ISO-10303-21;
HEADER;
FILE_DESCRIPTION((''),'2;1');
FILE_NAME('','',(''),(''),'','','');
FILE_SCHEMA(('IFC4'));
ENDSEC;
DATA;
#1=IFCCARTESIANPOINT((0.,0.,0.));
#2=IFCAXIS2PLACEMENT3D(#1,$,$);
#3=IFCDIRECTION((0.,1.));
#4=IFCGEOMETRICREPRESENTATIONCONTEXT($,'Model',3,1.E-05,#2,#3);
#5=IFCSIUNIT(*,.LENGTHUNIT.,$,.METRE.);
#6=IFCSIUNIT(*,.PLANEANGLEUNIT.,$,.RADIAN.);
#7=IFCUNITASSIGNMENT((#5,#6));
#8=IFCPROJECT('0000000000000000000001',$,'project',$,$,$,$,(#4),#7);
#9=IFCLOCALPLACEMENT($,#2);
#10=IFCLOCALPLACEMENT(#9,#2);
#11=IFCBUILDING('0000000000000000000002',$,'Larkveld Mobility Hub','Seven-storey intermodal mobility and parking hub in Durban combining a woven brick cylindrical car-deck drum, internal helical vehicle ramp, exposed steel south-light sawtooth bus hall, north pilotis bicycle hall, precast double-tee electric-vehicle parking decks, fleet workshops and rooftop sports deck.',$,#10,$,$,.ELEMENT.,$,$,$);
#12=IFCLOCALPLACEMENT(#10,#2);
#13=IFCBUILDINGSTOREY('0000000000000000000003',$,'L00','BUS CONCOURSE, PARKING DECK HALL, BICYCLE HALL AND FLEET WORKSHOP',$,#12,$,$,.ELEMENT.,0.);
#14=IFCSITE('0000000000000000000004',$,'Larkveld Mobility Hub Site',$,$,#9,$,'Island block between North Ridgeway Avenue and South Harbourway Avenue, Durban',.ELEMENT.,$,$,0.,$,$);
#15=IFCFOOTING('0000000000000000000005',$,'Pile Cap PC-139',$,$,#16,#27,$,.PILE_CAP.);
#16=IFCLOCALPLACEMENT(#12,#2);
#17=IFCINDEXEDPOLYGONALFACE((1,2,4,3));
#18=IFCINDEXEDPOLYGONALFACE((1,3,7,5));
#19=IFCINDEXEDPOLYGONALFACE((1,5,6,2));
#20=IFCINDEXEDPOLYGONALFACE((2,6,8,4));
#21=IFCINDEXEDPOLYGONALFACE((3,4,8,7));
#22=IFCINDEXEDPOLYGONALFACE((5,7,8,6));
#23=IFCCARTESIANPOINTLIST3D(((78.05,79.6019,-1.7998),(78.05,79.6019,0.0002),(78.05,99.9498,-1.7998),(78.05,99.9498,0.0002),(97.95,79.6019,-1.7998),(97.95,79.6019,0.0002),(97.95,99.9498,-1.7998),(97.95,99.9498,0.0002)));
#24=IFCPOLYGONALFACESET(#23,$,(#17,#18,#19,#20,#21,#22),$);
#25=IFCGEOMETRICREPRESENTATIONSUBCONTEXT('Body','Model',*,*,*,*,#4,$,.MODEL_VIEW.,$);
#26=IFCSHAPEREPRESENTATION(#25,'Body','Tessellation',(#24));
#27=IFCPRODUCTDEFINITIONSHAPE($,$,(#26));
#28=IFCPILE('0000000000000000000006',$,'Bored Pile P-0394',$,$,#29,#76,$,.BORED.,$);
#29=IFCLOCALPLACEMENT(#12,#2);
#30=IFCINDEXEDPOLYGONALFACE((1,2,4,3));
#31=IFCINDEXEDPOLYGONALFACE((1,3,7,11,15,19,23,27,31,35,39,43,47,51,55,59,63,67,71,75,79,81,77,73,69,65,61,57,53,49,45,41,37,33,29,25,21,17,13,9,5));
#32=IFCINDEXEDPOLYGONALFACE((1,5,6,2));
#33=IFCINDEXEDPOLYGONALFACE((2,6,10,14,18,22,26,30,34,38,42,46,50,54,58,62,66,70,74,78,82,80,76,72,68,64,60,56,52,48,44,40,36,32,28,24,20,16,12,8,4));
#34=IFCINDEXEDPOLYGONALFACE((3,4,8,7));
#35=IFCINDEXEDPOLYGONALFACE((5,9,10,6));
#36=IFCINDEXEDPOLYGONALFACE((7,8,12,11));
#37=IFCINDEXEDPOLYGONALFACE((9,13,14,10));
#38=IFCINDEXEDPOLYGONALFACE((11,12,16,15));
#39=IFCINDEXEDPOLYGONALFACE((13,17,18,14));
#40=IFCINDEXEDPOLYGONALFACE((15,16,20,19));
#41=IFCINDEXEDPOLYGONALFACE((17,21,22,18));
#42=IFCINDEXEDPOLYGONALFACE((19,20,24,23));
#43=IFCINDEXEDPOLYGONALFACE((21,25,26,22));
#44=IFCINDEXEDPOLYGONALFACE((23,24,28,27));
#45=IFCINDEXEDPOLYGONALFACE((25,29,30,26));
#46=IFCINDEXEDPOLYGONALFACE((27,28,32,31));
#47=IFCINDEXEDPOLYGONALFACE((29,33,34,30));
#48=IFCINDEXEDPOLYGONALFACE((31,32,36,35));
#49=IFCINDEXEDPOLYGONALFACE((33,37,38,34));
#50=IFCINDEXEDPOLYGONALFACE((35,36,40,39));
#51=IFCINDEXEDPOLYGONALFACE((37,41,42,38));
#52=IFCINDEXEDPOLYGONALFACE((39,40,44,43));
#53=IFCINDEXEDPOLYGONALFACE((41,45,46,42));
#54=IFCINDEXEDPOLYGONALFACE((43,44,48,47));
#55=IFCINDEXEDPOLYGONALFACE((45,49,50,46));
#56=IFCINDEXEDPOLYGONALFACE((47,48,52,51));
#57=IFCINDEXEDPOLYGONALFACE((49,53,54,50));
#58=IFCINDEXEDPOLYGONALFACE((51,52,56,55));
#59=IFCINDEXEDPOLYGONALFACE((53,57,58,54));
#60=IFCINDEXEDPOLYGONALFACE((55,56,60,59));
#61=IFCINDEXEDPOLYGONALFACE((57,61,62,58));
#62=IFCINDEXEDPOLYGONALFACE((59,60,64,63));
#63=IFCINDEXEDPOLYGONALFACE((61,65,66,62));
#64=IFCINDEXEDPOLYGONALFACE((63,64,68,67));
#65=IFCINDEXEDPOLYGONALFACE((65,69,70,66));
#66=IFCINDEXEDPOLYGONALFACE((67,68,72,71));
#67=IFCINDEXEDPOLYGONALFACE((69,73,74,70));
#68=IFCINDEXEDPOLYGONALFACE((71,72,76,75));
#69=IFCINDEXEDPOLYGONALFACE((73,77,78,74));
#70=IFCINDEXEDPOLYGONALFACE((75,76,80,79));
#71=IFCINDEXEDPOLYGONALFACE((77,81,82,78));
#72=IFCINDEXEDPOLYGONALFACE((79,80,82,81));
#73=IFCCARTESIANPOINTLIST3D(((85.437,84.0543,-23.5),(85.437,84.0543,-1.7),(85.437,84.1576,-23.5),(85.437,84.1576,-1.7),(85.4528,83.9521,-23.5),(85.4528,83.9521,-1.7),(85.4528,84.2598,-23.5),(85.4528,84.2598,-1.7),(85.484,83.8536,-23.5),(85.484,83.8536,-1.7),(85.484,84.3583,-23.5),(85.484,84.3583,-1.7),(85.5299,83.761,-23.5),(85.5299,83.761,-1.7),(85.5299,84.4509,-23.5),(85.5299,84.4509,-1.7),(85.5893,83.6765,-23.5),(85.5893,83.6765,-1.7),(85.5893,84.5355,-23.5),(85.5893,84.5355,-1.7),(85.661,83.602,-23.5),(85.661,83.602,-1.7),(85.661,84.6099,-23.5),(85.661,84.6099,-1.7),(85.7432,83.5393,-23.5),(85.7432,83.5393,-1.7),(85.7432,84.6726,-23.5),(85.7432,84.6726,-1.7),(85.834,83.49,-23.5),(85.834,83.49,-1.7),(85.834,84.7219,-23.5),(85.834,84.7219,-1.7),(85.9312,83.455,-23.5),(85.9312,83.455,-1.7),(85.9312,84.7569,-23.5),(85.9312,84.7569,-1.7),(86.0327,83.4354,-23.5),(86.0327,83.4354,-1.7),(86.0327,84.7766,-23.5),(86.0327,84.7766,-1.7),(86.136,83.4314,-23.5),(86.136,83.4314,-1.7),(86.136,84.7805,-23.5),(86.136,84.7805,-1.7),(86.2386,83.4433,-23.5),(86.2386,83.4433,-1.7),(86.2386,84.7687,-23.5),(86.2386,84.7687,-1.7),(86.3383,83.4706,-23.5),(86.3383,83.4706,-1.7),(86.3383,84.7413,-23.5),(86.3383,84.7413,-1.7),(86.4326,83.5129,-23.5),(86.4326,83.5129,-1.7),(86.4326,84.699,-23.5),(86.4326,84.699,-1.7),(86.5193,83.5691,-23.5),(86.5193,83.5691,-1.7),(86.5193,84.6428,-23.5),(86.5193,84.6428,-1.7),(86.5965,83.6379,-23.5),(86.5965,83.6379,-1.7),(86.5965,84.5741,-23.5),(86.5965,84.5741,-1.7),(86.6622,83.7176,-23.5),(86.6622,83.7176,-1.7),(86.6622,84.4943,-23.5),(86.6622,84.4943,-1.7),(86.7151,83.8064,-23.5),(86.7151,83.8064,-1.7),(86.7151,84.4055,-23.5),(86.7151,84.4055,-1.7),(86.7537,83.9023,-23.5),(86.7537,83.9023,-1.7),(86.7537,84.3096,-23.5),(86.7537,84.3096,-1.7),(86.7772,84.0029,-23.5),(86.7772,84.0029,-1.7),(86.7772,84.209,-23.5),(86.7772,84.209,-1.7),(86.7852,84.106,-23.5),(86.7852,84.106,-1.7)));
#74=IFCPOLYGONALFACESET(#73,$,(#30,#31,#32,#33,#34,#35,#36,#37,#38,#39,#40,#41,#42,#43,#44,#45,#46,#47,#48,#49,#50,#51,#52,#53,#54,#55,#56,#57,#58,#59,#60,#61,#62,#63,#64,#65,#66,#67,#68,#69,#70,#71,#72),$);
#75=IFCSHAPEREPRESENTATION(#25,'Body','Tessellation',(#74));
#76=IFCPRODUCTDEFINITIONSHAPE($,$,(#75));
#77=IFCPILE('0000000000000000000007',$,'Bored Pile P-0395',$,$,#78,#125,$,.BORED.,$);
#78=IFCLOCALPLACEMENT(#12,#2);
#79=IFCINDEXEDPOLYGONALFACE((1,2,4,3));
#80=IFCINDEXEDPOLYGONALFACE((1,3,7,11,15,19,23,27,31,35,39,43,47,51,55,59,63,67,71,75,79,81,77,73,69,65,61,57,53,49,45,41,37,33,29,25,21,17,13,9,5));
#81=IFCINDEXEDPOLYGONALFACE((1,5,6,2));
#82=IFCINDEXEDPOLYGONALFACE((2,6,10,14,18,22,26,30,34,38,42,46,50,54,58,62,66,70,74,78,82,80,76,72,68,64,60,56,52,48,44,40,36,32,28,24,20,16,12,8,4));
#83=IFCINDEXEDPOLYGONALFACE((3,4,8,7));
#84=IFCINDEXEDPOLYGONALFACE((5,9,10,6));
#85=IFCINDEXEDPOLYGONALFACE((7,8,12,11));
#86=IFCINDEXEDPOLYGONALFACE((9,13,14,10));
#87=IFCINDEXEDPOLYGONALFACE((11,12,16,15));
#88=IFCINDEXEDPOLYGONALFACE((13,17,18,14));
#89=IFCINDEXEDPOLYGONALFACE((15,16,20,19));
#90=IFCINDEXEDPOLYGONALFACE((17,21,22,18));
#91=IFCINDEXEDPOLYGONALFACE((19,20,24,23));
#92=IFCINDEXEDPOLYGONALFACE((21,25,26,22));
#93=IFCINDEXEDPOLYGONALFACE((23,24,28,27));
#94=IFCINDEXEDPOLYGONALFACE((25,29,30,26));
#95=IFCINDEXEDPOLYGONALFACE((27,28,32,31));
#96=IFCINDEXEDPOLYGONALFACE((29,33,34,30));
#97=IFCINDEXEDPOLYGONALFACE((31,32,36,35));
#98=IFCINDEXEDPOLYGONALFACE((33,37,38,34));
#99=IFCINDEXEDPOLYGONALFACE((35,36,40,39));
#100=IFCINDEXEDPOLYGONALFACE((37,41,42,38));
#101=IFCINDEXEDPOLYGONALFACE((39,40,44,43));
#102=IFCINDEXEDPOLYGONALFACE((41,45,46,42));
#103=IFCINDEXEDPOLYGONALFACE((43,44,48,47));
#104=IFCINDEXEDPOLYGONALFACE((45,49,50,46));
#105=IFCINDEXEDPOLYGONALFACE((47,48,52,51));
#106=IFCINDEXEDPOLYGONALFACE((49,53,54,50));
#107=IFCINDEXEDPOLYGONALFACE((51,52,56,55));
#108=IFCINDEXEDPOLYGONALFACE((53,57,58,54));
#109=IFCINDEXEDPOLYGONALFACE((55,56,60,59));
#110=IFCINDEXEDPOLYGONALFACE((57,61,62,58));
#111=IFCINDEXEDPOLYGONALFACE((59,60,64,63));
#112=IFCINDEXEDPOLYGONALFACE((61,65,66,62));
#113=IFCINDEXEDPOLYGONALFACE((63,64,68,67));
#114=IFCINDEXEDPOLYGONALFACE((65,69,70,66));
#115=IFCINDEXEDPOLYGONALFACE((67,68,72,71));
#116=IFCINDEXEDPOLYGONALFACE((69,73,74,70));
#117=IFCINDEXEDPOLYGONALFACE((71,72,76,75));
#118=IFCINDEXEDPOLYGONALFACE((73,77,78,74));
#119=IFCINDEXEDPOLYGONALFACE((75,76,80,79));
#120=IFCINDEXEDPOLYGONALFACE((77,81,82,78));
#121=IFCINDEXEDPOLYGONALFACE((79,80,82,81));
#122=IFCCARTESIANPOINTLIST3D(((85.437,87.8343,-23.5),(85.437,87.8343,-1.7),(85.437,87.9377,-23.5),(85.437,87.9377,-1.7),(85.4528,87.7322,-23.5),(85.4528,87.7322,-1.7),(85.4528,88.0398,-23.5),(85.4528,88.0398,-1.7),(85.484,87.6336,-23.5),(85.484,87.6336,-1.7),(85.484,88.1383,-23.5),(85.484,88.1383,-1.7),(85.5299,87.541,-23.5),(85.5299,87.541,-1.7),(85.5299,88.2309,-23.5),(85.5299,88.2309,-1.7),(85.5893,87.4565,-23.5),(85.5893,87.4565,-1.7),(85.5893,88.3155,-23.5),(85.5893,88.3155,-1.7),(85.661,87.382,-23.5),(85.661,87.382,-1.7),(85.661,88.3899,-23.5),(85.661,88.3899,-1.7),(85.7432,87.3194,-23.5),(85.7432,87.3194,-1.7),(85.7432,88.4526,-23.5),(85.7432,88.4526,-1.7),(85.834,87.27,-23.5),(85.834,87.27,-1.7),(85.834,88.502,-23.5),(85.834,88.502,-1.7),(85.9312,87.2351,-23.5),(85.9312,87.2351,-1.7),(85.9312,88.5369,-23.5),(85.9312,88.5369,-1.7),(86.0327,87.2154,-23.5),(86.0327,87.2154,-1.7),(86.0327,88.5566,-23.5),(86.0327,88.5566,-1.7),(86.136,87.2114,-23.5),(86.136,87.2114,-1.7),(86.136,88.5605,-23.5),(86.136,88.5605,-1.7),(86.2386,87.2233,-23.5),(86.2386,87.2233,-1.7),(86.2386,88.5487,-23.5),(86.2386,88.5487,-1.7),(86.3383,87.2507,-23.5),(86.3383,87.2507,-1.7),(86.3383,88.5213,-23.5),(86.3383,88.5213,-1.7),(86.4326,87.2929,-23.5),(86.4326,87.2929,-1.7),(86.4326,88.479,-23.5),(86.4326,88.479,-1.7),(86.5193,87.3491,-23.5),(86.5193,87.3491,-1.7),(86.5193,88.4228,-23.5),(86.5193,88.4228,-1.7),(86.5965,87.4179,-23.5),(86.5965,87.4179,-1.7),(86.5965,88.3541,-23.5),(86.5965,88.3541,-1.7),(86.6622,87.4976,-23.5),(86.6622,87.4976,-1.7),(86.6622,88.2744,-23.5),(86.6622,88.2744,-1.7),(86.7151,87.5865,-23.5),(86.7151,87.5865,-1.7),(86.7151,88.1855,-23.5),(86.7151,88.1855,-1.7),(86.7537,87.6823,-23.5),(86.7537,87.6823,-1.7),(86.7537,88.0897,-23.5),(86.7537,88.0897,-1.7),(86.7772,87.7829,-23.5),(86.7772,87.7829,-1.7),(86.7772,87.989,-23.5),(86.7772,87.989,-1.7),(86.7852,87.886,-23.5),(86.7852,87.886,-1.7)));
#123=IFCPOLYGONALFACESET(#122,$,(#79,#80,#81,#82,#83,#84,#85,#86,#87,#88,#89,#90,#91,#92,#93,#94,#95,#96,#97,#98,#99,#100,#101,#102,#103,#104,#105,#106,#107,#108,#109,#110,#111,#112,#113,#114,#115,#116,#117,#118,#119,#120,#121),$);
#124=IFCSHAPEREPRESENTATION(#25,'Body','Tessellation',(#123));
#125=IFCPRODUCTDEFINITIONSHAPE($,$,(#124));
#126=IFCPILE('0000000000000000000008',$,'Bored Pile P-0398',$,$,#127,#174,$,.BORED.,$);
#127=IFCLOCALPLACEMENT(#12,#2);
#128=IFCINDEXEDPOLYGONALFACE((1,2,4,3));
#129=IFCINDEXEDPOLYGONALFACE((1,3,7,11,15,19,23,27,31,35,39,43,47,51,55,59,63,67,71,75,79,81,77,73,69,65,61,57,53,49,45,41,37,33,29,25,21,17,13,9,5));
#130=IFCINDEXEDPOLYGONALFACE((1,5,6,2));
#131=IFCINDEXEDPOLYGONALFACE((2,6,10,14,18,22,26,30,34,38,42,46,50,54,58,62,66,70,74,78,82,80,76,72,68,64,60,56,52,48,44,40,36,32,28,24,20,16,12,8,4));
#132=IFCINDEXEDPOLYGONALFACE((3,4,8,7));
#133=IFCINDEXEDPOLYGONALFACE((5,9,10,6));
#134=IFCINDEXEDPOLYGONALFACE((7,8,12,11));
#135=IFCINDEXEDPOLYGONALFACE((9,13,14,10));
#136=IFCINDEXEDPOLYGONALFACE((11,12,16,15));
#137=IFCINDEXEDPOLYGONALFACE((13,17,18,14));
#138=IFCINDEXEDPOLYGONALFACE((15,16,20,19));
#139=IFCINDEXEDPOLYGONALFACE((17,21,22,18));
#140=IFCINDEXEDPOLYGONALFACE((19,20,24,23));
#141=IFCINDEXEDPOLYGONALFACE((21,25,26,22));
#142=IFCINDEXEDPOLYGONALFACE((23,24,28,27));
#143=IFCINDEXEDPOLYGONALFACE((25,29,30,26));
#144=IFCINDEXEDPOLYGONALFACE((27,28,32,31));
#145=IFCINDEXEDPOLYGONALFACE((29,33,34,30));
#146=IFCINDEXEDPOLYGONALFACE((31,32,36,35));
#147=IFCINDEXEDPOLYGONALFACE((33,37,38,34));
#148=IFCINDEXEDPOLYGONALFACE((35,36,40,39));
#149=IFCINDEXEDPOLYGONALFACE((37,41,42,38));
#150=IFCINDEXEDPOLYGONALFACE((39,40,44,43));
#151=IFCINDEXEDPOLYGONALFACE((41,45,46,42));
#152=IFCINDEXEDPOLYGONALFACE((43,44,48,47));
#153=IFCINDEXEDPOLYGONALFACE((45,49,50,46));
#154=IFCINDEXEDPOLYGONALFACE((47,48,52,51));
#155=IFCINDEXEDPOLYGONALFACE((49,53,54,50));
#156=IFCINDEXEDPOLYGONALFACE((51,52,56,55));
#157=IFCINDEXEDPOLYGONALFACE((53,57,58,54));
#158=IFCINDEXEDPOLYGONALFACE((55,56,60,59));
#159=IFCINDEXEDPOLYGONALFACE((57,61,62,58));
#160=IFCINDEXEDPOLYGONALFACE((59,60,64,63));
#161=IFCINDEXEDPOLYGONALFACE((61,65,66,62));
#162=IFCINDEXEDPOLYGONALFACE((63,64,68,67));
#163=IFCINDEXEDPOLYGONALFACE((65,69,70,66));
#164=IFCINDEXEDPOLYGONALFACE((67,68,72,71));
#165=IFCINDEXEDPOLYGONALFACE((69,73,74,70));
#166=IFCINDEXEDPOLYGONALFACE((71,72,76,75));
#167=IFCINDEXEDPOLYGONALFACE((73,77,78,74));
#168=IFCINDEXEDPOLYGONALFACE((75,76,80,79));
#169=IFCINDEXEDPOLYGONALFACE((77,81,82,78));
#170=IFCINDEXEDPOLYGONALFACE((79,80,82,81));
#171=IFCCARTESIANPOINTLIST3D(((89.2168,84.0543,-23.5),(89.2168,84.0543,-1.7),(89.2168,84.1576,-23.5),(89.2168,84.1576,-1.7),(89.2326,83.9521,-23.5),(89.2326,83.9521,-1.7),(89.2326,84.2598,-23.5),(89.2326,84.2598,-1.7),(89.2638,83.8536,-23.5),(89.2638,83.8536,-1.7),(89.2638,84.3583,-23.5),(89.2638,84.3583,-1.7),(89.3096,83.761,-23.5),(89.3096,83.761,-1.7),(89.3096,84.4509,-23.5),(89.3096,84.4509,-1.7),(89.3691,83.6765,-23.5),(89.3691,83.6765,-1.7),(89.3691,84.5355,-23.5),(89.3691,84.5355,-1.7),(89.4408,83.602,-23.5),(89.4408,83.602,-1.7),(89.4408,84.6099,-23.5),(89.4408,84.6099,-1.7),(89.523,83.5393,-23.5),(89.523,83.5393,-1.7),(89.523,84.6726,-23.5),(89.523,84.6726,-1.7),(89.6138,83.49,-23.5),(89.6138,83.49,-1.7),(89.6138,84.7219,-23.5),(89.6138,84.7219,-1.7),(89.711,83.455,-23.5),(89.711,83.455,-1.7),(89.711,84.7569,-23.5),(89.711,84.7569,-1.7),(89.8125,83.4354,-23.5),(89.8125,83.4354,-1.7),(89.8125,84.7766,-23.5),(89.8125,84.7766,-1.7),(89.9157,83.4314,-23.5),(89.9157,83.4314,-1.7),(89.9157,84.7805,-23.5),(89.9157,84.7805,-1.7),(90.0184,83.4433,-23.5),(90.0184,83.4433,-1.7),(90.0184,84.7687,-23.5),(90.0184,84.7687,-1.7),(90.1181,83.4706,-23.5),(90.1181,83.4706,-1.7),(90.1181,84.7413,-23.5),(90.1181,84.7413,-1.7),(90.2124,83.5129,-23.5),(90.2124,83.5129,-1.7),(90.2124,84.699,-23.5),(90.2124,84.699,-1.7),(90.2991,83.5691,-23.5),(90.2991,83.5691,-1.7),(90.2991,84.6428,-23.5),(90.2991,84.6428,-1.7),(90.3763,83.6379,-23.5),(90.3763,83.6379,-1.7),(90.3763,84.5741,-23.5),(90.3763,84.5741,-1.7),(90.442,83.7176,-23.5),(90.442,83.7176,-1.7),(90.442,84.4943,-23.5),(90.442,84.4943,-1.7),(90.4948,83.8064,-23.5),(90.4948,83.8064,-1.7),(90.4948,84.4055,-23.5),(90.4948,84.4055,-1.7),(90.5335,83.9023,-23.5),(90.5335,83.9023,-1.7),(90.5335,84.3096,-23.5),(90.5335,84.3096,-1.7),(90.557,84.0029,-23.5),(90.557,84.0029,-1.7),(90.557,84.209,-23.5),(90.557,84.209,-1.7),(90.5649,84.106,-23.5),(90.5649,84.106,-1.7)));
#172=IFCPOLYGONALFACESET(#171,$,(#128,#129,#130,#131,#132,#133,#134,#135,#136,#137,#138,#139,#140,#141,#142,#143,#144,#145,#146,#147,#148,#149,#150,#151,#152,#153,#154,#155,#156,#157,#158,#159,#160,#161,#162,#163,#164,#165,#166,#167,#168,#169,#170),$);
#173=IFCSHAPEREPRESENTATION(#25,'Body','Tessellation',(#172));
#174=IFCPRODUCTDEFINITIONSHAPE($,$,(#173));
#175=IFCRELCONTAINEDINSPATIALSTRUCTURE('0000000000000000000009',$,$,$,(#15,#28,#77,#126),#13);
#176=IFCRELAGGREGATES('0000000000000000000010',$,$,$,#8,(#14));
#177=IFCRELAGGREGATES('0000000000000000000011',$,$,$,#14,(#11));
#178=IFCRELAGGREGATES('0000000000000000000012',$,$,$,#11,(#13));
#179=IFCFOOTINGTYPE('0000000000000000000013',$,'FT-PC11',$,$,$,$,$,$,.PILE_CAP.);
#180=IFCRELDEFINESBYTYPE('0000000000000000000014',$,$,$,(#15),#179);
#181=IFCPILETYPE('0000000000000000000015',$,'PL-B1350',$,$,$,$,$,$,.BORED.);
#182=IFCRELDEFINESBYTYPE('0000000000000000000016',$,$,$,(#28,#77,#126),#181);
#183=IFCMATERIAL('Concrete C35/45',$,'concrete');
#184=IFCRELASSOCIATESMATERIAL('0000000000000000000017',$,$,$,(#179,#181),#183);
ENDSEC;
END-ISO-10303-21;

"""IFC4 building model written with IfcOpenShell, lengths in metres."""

from ifc_helpers import new_model, si_unit, direction, frame, origin, origin_2d, place, context, subcontext, project, spatial, rectangle, circle, extrude, material, material_profile, profile_set, type_object, element, save


model = new_model("IFC4")

# Units and contexts
model_context = context("Model", 3, precision=1e-05, world=origin(), true_north=direction((0.0, 1.0)))
body_context = subcontext(model_context, "Body", "Model", "MODEL_VIEW")
ifc_project = project(units=[si_unit("LENGTHUNIT", "METRE"), si_unit("PLANEANGLEUNIT", "RADIAN")], contexts=[model_context])

# Site, building, storey
site_placement = place(None, origin())
site = spatial("IfcSite", under=ifc_project, at=site_placement, Name="Larkveld Mobility Hub Site", LongName="Island block between North Ridgeway Avenue and South Harbourway Avenue, Durban", CompositionType="ELEMENT", RefElevation=0.0)
building_placement = place(site_placement, origin())
building = spatial("IfcBuilding", under=site, at=building_placement, Name="Larkveld Mobility Hub", Description="Seven-storey intermodal mobility and parking hub in Durban combining a woven brick cylindrical car-deck drum, internal helical vehicle ramp, exposed steel south-light sawtooth bus hall, north pilotis bicycle hall, precast double-tee electric-vehicle parking decks, fleet workshops and rooftop sports deck.", CompositionType="ELEMENT")
storey_placement = place(building_placement, origin())
storey = spatial("IfcBuildingStorey", under=building, at=storey_placement, Name="L00", Description="BUS CONCOURSE, PARKING DECK HALL, BICYCLE HALL AND FLEET WORKSHOP", CompositionType="ELEMENT", Elevation=0.0)

# Footing
ifc_material_1 = material(Name="Concrete C35/45", Category="concrete")
footing_type = type_object("IfcFootingType", Name="FT-PC11", PredefinedType="PILE_CAP", material=ifc_material_1)
footing_placement = place(storey_placement, frame((88.0, 89.7759, -1.7998), z_axis=(0.0, 0.0, 1.0), x_axis=(1.0, 0.0, 0.0)))
element("IfcFooting", 1, at=footing_placement, inside=storey, type_object=footing_type, Name="Pile Cap PC-139", PredefinedType="PILE_CAP", context=body_context, shape_type="SweptSolid", body=[
    extrude(rectangle(XDim=19.8999, YDim=20.3479, at=origin_2d()), origin(), (0.0, 0.0, 1.0), 1.8),
])

# Piles
ifc_material_profile_1 = material_profile(ifc_material_1, circle(Radius=0.675, at=origin_2d()), Name="PILE D1350")
ifc_profile_set_1 = profile_set([ifc_material_profile_1], Name="Concrete C35/45")
pile_type = type_object("IfcPileType", Name="PL-B1350", PredefinedType="BORED", material=ifc_profile_set_1)
for number, where, z_axis, x_axis, name in (
    (2, (86.1101, 84.106, -1.7), (0.0, 0.0, -1.0), (1.0, 0.0, 0.0), "Bored Pile P-0394"),
    (3, (86.1101, 87.886, -1.7), (0.0, 0.0, -1.0), (1.0, 0.0, 0.0), "Bored Pile P-0395"),
    (4, (89.8899, 84.106, -1.7), (0.0, 0.0, -1.0), (1.0, 0.0, 0.0), "Bored Pile P-0398"),
):
    element("IfcPile", number, at=place(storey_placement, frame(where, z_axis=z_axis, x_axis=x_axis)), inside=storey, type_object=pile_type, Name=name, PredefinedType="BORED", context=body_context, shape_type="SweptSolid", body=[
        extrude(circle(Radius=0.675, at=origin_2d()), origin(), (0.0, 0.0, 1.0), 21.8),
    ])

save(model, "model.ifc")
